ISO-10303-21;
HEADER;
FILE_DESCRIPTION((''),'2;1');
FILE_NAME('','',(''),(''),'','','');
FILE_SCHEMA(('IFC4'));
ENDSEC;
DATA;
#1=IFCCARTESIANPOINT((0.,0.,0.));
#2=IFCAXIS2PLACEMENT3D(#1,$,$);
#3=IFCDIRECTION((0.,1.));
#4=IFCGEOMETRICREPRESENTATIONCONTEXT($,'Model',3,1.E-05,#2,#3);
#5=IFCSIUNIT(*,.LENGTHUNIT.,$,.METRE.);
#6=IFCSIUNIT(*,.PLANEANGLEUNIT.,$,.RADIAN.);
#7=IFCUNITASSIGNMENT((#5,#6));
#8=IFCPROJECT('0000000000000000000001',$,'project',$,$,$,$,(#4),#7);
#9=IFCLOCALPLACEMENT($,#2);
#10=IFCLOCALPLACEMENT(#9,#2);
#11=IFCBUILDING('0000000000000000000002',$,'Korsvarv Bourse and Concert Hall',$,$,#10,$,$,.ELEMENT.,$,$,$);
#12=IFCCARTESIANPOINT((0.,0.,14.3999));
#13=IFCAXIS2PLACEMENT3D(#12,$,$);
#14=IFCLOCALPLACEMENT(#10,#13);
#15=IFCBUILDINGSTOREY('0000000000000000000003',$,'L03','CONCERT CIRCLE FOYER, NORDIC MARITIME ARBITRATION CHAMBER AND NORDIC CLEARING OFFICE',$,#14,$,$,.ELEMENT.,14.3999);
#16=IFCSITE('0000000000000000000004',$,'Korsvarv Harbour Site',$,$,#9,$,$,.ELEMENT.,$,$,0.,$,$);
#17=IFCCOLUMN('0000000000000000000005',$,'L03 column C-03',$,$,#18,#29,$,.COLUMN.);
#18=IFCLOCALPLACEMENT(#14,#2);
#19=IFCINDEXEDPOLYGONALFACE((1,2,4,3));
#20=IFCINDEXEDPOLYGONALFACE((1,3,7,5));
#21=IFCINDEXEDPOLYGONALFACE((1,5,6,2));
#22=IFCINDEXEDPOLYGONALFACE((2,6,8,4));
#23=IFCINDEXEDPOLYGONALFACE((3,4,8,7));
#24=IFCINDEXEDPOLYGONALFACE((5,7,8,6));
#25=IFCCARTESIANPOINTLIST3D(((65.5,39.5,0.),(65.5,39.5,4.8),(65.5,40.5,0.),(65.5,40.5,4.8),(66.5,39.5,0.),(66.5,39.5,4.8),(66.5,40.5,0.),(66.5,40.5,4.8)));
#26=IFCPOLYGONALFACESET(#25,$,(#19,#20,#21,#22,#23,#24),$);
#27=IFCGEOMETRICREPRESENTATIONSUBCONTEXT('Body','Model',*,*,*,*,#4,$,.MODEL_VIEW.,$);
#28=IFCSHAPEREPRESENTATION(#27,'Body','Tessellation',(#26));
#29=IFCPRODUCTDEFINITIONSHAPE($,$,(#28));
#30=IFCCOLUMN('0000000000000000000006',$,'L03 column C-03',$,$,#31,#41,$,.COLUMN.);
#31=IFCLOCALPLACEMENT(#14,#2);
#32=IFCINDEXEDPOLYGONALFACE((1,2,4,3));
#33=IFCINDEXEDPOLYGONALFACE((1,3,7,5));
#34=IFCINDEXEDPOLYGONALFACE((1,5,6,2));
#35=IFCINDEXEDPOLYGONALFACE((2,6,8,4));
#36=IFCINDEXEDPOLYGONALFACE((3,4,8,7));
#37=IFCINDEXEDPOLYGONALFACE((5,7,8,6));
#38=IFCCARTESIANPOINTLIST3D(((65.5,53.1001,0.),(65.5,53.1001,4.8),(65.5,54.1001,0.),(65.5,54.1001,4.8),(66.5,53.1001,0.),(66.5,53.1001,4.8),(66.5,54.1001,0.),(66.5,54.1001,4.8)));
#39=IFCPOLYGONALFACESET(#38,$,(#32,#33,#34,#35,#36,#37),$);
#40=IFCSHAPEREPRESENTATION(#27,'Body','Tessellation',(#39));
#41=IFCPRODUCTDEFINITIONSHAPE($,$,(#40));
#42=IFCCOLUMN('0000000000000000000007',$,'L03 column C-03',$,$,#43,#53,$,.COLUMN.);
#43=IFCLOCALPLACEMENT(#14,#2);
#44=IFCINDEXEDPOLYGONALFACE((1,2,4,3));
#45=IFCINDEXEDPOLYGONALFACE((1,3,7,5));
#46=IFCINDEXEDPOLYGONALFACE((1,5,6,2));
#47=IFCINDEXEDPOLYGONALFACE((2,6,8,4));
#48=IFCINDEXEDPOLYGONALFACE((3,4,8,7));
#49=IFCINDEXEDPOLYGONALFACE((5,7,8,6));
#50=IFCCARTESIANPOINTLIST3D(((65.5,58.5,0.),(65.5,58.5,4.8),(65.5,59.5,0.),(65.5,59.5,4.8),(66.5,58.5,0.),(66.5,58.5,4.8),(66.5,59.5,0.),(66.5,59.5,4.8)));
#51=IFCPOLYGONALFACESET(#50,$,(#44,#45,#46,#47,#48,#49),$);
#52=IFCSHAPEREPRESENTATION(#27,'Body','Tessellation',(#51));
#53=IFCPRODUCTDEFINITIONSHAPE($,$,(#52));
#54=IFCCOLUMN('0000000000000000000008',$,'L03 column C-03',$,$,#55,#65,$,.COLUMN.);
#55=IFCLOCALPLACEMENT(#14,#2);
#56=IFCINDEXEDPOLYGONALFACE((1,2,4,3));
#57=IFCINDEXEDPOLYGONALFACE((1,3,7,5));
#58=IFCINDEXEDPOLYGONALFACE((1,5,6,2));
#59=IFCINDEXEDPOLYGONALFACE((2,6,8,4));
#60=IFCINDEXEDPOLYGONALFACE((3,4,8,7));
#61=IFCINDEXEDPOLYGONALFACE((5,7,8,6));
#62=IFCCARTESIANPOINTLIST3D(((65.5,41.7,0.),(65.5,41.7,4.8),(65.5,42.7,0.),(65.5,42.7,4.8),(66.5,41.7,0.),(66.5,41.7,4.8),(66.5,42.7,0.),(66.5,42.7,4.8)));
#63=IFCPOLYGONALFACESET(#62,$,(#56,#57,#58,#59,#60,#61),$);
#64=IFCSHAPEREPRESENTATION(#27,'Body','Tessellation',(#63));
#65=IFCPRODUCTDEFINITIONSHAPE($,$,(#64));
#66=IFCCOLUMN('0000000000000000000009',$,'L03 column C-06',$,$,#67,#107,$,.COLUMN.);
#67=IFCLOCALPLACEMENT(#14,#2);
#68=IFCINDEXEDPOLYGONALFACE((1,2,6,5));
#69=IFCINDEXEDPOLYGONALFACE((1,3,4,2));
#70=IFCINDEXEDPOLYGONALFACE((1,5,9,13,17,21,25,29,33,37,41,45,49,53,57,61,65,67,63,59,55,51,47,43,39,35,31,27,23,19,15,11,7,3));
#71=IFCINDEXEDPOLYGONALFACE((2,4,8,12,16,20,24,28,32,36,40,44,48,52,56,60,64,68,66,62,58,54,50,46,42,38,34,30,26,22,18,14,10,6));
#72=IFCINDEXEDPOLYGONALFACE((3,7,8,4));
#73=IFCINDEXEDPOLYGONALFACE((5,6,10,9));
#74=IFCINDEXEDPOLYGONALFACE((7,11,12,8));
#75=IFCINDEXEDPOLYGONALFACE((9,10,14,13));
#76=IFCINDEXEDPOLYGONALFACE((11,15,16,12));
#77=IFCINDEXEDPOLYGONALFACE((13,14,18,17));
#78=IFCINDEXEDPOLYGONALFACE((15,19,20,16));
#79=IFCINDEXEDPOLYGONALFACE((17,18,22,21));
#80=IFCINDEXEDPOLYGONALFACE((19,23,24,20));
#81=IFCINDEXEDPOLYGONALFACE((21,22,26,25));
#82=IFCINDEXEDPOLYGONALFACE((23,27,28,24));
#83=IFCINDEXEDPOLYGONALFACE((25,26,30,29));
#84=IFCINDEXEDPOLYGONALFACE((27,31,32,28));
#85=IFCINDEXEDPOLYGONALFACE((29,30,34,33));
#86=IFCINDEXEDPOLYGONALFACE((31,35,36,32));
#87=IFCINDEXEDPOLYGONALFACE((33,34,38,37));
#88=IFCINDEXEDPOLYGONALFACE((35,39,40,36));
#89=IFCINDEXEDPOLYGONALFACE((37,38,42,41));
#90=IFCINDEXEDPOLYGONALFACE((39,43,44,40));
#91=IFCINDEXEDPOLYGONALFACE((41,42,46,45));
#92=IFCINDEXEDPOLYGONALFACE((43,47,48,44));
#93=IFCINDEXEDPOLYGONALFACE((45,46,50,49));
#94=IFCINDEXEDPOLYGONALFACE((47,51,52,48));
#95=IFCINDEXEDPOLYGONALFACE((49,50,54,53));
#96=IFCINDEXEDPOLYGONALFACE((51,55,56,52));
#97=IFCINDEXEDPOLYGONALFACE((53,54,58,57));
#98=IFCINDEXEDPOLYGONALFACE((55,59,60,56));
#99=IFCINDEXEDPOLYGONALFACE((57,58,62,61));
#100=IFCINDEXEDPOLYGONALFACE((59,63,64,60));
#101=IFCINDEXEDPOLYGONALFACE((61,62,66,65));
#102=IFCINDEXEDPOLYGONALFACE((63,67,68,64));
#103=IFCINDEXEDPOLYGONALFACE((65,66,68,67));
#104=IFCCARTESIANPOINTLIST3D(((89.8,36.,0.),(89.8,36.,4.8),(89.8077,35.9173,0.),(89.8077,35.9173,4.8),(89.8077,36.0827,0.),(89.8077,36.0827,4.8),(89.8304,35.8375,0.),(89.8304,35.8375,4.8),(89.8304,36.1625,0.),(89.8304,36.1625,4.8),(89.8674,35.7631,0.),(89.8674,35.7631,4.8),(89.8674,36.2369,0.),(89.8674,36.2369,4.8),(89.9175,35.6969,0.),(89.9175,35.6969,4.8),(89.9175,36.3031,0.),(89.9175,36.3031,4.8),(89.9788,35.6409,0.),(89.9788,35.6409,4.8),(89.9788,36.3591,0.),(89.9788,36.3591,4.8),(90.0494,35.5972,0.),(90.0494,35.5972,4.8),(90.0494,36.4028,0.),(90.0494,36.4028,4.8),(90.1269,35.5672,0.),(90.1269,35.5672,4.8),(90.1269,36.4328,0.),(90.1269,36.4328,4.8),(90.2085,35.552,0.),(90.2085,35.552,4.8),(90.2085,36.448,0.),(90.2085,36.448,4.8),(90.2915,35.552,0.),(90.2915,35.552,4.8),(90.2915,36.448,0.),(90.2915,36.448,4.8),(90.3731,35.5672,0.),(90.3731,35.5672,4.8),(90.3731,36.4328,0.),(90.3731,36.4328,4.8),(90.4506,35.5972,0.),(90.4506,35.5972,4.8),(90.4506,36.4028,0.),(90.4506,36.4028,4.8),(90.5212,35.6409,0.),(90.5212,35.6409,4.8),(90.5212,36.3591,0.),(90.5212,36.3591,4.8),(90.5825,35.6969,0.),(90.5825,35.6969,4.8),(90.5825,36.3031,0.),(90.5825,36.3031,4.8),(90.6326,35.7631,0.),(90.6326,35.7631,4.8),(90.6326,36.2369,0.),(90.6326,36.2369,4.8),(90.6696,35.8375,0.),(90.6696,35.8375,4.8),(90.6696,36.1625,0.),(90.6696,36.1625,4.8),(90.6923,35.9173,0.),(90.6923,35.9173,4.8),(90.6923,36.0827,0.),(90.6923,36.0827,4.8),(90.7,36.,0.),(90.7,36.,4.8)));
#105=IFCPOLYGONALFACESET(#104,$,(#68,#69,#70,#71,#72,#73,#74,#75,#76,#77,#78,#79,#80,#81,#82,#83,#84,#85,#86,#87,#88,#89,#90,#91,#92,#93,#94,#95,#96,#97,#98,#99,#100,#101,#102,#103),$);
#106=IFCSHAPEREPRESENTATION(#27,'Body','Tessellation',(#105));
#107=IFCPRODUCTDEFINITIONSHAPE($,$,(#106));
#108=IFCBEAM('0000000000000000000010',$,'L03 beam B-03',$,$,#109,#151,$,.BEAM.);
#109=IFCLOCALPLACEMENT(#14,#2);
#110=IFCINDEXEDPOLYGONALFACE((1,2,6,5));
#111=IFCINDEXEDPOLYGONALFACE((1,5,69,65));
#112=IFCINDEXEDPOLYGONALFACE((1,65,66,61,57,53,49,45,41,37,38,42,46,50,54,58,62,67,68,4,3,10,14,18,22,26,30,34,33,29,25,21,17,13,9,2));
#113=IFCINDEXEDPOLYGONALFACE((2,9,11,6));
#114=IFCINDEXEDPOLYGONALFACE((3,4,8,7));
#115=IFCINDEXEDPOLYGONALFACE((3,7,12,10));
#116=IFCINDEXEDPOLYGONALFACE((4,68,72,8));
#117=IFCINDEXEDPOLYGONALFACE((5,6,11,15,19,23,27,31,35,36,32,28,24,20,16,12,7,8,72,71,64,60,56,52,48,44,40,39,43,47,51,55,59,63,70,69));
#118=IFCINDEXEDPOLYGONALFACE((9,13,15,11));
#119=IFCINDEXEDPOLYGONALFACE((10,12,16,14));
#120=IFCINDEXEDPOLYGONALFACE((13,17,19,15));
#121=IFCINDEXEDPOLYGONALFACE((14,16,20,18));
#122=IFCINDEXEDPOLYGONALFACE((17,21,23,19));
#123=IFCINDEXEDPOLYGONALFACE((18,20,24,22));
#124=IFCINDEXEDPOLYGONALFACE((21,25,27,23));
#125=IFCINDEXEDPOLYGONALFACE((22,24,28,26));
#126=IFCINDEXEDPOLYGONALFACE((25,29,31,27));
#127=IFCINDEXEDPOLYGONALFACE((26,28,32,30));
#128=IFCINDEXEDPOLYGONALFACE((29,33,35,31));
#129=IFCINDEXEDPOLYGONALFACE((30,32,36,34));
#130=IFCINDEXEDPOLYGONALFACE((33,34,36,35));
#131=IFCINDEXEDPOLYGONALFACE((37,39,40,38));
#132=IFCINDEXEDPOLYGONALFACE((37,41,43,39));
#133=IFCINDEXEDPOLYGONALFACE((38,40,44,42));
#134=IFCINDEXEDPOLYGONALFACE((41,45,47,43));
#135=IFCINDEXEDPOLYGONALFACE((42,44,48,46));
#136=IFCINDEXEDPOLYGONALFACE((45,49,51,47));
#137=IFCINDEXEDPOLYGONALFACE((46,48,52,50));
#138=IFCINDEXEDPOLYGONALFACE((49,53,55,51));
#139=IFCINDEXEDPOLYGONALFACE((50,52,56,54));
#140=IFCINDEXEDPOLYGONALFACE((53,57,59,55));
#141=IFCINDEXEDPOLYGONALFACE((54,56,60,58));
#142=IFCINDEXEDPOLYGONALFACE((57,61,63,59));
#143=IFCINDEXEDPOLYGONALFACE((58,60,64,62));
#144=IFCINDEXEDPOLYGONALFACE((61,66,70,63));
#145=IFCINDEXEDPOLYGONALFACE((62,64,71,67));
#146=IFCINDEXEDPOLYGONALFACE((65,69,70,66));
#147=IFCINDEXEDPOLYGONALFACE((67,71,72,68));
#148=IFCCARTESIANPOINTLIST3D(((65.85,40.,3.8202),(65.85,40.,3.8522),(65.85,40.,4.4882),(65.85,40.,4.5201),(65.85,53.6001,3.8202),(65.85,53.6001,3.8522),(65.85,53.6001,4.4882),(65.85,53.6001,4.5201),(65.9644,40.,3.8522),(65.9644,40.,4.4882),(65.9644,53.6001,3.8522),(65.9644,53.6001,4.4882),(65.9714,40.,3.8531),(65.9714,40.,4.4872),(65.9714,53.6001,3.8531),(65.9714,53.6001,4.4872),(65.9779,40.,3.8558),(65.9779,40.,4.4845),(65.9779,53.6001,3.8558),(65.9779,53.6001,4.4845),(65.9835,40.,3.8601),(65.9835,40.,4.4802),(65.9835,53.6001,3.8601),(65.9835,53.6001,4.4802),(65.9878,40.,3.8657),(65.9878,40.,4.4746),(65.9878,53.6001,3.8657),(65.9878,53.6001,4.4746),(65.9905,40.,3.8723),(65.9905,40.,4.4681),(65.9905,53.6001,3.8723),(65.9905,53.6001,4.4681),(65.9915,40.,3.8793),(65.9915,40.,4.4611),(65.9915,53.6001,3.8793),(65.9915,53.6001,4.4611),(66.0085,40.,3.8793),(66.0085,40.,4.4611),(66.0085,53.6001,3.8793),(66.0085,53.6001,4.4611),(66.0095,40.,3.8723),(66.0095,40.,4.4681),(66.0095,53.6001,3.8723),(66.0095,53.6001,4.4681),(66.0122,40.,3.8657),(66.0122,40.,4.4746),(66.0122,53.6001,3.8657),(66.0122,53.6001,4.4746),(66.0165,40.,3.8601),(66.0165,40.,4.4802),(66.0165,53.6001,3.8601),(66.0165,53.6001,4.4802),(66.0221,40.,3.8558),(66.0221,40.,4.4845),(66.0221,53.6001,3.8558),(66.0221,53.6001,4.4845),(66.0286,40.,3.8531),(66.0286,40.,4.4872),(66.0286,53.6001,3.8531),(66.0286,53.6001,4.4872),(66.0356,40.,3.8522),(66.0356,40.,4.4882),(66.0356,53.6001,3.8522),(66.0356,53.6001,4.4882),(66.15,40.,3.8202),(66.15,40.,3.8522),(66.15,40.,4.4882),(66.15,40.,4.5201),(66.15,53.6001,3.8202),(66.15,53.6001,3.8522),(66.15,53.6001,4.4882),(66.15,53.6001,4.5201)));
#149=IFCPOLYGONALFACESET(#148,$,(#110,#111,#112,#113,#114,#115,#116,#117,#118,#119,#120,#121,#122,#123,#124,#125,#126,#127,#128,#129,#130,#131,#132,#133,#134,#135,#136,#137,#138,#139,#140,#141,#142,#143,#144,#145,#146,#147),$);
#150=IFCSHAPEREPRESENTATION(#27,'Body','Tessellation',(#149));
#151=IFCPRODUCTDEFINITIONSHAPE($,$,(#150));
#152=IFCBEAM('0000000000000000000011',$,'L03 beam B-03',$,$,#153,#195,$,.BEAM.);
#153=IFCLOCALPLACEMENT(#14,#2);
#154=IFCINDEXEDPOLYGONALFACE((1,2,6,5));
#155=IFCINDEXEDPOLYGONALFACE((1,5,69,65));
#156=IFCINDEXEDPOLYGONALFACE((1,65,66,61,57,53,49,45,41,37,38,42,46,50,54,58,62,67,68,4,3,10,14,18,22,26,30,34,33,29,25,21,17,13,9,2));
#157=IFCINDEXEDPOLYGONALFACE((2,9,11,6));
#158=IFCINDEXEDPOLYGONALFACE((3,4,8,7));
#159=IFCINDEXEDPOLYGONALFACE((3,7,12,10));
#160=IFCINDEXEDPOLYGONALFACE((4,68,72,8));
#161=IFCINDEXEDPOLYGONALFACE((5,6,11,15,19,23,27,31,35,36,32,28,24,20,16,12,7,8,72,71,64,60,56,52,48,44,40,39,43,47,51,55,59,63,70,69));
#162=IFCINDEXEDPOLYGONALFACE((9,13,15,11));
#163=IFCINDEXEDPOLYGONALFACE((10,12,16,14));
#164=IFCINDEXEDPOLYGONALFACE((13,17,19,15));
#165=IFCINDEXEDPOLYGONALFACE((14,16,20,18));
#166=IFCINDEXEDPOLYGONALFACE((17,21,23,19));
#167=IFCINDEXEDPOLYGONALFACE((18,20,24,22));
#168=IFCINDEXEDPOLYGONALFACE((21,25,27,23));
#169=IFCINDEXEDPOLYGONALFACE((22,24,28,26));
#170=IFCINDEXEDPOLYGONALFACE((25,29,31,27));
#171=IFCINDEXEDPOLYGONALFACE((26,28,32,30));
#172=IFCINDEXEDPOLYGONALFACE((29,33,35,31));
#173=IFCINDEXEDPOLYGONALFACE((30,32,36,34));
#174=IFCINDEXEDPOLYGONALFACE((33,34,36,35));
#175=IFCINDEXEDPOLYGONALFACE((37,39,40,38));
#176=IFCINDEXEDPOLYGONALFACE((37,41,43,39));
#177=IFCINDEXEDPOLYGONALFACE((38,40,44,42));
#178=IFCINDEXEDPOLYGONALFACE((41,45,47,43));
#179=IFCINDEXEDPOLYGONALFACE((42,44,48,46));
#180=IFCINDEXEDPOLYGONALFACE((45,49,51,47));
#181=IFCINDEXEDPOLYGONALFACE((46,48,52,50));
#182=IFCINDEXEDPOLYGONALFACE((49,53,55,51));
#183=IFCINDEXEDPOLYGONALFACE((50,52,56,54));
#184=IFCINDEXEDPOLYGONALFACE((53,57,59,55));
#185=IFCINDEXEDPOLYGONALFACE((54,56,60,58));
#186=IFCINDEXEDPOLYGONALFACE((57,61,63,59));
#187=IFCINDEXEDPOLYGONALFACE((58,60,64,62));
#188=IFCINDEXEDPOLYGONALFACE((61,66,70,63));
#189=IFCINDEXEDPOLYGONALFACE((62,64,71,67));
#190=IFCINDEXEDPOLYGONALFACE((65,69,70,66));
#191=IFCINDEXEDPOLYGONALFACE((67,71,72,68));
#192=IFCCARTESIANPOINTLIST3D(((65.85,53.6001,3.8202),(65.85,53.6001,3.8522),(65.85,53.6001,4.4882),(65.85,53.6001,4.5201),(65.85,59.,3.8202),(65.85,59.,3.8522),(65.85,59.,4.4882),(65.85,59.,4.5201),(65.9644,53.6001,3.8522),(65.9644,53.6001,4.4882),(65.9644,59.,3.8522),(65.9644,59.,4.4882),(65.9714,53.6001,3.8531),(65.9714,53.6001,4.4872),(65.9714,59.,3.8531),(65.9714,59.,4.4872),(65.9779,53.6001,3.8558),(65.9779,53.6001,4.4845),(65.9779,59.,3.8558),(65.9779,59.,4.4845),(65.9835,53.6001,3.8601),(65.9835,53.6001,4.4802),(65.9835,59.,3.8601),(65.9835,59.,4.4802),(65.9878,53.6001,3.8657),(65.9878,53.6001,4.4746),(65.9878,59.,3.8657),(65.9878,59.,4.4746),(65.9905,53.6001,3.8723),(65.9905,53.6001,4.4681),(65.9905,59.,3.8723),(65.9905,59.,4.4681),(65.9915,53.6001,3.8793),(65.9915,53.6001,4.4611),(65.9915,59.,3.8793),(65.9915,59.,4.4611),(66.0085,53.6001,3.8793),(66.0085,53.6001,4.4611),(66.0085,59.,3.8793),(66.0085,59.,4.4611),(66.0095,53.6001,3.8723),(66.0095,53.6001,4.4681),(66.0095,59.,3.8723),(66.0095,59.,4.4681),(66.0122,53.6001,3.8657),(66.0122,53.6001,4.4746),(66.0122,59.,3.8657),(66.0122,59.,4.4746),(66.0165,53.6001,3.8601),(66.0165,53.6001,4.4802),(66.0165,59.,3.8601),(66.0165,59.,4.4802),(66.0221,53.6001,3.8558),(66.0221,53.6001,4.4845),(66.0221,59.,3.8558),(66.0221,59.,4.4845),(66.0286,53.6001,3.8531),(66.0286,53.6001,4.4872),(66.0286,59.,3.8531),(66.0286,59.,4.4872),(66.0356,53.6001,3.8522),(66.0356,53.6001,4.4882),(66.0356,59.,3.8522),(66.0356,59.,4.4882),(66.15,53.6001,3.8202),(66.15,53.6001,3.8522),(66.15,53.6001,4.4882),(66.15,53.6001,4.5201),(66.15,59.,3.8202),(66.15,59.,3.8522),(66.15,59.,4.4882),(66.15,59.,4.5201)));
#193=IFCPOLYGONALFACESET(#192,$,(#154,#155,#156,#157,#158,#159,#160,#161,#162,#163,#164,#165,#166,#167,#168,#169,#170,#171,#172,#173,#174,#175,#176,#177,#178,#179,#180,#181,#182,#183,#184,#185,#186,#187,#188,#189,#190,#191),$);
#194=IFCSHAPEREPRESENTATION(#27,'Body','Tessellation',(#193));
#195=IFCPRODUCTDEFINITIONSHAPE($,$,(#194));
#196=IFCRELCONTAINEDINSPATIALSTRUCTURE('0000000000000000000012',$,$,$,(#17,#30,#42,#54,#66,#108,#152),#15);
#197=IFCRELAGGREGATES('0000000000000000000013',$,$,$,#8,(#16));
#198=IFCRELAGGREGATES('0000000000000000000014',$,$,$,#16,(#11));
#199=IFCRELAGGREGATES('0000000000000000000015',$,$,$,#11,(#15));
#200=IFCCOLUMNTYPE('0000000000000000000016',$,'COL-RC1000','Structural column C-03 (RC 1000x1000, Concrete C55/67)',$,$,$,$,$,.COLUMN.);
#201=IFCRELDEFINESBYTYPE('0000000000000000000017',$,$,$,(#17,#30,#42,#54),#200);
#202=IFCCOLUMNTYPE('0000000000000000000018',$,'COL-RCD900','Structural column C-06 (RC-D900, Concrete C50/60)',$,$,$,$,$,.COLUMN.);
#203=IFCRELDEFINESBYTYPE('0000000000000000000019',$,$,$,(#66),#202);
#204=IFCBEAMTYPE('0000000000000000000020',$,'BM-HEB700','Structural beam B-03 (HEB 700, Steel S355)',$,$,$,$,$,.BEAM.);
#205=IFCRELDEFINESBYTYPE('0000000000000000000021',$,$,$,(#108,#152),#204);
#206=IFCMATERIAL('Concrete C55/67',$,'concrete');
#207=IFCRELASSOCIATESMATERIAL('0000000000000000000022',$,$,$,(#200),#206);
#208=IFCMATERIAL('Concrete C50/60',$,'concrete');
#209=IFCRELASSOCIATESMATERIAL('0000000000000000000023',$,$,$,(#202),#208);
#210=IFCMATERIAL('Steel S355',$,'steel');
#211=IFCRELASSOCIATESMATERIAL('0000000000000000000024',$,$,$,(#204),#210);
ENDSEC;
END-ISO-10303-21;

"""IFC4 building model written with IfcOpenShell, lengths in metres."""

from ifc_helpers import new_model, si_unit, direction, frame, origin, origin_2d, place, context, subcontext, project, spatial, rectangle, circle, i_section, extrude, source, transform, mapped, material, material_profile, profile_set, type_object, element, save


model = new_model("IFC4")

# Units and contexts
model_context = context("Model", 3, precision=1e-05, world=origin(), true_north=direction((0.0, 1.0)))
body_context = subcontext(model_context, "Body", "Model", "MODEL_VIEW")
ifc_project = project(units=[si_unit("LENGTHUNIT", "METRE"), si_unit("PLANEANGLEUNIT", "RADIAN")], contexts=[model_context])

# Site, building, storey
site_placement = place(None, origin())
site = spatial("IfcSite", under=ifc_project, at=site_placement, Name="Korsvarv Harbour Site", CompositionType="ELEMENT", RefElevation=0.0)
building_placement = place(site_placement, origin())
building = spatial("IfcBuilding", under=site, at=building_placement, Name="Korsvarv Bourse and Concert Hall", CompositionType="ELEMENT")
storey_placement = place(building_placement, frame((0.0, 0.0, 14.3999)))
storey = spatial("IfcBuildingStorey", under=building, at=storey_placement, Name="L03", Description="CONCERT CIRCLE FOYER, NORDIC MARITIME ARBITRATION CHAMBER AND NORDIC CLEARING OFFICE", CompositionType="ELEMENT", Elevation=14.3999)

# Columns
ifc_material_1 = material(Name="Concrete C55/67", Category="concrete")
ifc_material_profile_1 = material_profile(ifc_material_1, rectangle(XDim=1.0, YDim=1.0, at=origin_2d()), Name="RC 1000x1000")
ifc_profile_set_1 = profile_set([ifc_material_profile_1], Name="Concrete C55/67")
column_type_1 = type_object("IfcColumnType", Name="COL-RC1000", Description="Structural column C-03 (RC 1000x1000, Concrete C55/67)", PredefinedType="COLUMN", material=ifc_profile_set_1)
shared_shape_1 = source(origin(), body_context, "Body", "SweptSolid", [
    extrude(rectangle(XDim=1.0, YDim=1.0, at=origin_2d()), origin(), (0.0, 0.0, 1.0), 4.8),
])
for number, where, z_axis, x_axis, name in (
    (1, (66.0, 40.0, 0.0), (0.0, 0.0, 1.0), (1.0, 0.0, 0.0), "L03 column C-03"),
    (2, (66.0, 53.6001, 0.0), (0.0, 0.0, 1.0), (1.0, 0.0, 0.0), "L03 column C-03"),
    (3, (66.0, 59.0, 0.0), (0.0, 0.0, 1.0), (1.0, 0.0, 0.0), "L03 column C-03"),
    (4, (66.0, 42.2, 0.0), (0.0, 0.0, 1.0), (1.0, 0.0, 0.0), "L03 column C-03"),
):
    element("IfcColumn", number, at=place(storey_placement, frame(where, z_axis=z_axis, x_axis=x_axis)), inside=storey, type_object=column_type_1, Name=name, PredefinedType="COLUMN", context=body_context, shape_type="MappedRepresentation", body=[
        mapped(shared_shape_1, transform((0.0, 0.0, 0.0), scale=1.0)),
    ])
ifc_material_2 = material(Name="Concrete C50/60", Category="concrete")
ifc_material_profile_2 = material_profile(ifc_material_2, circle(Radius=0.45, at=origin_2d()), Name="RC-D900")
ifc_profile_set_2 = profile_set([ifc_material_profile_2], Name="Concrete C50/60")
column_type_2 = type_object("IfcColumnType", Name="COL-RCD900", Description="Structural column C-06 (RC-D900, Concrete C50/60)", PredefinedType="COLUMN", material=ifc_profile_set_2)
shared_shape_2 = source(origin(), body_context, "Body", "SweptSolid", [
    extrude(circle(Radius=0.45, at=origin_2d()), origin(), (0.0, 0.0, 1.0), 4.8),
])
column_placement = place(storey_placement, frame((90.25, 36.0, 0.0), z_axis=(0.0, 0.0, 1.0), x_axis=(1.0, 0.0, 0.0)))
element("IfcColumn", 5, at=column_placement, inside=storey, type_object=column_type_2, Name="L03 column C-06", PredefinedType="COLUMN", context=body_context, shape_type="MappedRepresentation", body=[
    mapped(shared_shape_2, transform((0.0, 0.0, 0.0), scale=1.0)),
])

# Beams
ifc_material_3 = material(Name="Steel S355", Category="steel")
ifc_material_profile_3 = material_profile(ifc_material_3, i_section(OverallWidth=0.3, OverallDepth=0.7, WebThickness=0.0171, FlangeThickness=0.032, FilletRadius=0.0271, at=origin_2d()), Name="HEB 700")
ifc_profile_set_3 = profile_set([ifc_material_profile_3], Name="Steel S355")
beam_type_1 = type_object("IfcBeamType", Name="BM-HEB700", Description="Structural beam B-03 (HEB 700, Steel S355)", PredefinedType="BEAM", material=ifc_profile_set_3)
shared_shape_3 = source(origin(), body_context, "Body", "SweptSolid", [
    extrude(i_section(OverallWidth=0.3, OverallDepth=0.7, WebThickness=0.0171, FlangeThickness=0.032, FilletRadius=0.0271, at=origin_2d()), origin(), (0.0, 0.0, 1.0), 13.6001),
])
beam_1_placement = place(storey_placement, frame((66.0, 40.0, 4.1702), z_axis=(0.0, 1.0, 0.0), x_axis=(-1.0, 0.0, 0.0)))
element("IfcBeam", 6, at=beam_1_placement, inside=storey, type_object=beam_type_1, Name="L03 beam B-03", PredefinedType="BEAM", context=body_context, shape_type="MappedRepresentation", body=[
    mapped(shared_shape_3, transform((0.0, 0.0, 0.0), scale=1.0)),
])
shared_shape_4 = source(origin(), body_context, "Body", "SweptSolid", [
    extrude(i_section(OverallWidth=0.3, OverallDepth=0.7, WebThickness=0.0171, FlangeThickness=0.032, FilletRadius=0.0271, at=origin_2d()), origin(), (0.0, 0.0, 1.0), 5.3999),
])
beam_2_placement = place(storey_placement, frame((66.0, 53.6001, 4.1702), z_axis=(0.0, 1.0, 0.0), x_axis=(-1.0, 0.0, 0.0)))
element("IfcBeam", 7, at=beam_2_placement, inside=storey, type_object=beam_type_1, Name="L03 beam B-03", PredefinedType="BEAM", context=body_context, shape_type="MappedRepresentation", body=[
    mapped(shared_shape_4, transform((0.0, 0.0, 0.0), scale=1.0)),
])

save(model, "model.ifc")
